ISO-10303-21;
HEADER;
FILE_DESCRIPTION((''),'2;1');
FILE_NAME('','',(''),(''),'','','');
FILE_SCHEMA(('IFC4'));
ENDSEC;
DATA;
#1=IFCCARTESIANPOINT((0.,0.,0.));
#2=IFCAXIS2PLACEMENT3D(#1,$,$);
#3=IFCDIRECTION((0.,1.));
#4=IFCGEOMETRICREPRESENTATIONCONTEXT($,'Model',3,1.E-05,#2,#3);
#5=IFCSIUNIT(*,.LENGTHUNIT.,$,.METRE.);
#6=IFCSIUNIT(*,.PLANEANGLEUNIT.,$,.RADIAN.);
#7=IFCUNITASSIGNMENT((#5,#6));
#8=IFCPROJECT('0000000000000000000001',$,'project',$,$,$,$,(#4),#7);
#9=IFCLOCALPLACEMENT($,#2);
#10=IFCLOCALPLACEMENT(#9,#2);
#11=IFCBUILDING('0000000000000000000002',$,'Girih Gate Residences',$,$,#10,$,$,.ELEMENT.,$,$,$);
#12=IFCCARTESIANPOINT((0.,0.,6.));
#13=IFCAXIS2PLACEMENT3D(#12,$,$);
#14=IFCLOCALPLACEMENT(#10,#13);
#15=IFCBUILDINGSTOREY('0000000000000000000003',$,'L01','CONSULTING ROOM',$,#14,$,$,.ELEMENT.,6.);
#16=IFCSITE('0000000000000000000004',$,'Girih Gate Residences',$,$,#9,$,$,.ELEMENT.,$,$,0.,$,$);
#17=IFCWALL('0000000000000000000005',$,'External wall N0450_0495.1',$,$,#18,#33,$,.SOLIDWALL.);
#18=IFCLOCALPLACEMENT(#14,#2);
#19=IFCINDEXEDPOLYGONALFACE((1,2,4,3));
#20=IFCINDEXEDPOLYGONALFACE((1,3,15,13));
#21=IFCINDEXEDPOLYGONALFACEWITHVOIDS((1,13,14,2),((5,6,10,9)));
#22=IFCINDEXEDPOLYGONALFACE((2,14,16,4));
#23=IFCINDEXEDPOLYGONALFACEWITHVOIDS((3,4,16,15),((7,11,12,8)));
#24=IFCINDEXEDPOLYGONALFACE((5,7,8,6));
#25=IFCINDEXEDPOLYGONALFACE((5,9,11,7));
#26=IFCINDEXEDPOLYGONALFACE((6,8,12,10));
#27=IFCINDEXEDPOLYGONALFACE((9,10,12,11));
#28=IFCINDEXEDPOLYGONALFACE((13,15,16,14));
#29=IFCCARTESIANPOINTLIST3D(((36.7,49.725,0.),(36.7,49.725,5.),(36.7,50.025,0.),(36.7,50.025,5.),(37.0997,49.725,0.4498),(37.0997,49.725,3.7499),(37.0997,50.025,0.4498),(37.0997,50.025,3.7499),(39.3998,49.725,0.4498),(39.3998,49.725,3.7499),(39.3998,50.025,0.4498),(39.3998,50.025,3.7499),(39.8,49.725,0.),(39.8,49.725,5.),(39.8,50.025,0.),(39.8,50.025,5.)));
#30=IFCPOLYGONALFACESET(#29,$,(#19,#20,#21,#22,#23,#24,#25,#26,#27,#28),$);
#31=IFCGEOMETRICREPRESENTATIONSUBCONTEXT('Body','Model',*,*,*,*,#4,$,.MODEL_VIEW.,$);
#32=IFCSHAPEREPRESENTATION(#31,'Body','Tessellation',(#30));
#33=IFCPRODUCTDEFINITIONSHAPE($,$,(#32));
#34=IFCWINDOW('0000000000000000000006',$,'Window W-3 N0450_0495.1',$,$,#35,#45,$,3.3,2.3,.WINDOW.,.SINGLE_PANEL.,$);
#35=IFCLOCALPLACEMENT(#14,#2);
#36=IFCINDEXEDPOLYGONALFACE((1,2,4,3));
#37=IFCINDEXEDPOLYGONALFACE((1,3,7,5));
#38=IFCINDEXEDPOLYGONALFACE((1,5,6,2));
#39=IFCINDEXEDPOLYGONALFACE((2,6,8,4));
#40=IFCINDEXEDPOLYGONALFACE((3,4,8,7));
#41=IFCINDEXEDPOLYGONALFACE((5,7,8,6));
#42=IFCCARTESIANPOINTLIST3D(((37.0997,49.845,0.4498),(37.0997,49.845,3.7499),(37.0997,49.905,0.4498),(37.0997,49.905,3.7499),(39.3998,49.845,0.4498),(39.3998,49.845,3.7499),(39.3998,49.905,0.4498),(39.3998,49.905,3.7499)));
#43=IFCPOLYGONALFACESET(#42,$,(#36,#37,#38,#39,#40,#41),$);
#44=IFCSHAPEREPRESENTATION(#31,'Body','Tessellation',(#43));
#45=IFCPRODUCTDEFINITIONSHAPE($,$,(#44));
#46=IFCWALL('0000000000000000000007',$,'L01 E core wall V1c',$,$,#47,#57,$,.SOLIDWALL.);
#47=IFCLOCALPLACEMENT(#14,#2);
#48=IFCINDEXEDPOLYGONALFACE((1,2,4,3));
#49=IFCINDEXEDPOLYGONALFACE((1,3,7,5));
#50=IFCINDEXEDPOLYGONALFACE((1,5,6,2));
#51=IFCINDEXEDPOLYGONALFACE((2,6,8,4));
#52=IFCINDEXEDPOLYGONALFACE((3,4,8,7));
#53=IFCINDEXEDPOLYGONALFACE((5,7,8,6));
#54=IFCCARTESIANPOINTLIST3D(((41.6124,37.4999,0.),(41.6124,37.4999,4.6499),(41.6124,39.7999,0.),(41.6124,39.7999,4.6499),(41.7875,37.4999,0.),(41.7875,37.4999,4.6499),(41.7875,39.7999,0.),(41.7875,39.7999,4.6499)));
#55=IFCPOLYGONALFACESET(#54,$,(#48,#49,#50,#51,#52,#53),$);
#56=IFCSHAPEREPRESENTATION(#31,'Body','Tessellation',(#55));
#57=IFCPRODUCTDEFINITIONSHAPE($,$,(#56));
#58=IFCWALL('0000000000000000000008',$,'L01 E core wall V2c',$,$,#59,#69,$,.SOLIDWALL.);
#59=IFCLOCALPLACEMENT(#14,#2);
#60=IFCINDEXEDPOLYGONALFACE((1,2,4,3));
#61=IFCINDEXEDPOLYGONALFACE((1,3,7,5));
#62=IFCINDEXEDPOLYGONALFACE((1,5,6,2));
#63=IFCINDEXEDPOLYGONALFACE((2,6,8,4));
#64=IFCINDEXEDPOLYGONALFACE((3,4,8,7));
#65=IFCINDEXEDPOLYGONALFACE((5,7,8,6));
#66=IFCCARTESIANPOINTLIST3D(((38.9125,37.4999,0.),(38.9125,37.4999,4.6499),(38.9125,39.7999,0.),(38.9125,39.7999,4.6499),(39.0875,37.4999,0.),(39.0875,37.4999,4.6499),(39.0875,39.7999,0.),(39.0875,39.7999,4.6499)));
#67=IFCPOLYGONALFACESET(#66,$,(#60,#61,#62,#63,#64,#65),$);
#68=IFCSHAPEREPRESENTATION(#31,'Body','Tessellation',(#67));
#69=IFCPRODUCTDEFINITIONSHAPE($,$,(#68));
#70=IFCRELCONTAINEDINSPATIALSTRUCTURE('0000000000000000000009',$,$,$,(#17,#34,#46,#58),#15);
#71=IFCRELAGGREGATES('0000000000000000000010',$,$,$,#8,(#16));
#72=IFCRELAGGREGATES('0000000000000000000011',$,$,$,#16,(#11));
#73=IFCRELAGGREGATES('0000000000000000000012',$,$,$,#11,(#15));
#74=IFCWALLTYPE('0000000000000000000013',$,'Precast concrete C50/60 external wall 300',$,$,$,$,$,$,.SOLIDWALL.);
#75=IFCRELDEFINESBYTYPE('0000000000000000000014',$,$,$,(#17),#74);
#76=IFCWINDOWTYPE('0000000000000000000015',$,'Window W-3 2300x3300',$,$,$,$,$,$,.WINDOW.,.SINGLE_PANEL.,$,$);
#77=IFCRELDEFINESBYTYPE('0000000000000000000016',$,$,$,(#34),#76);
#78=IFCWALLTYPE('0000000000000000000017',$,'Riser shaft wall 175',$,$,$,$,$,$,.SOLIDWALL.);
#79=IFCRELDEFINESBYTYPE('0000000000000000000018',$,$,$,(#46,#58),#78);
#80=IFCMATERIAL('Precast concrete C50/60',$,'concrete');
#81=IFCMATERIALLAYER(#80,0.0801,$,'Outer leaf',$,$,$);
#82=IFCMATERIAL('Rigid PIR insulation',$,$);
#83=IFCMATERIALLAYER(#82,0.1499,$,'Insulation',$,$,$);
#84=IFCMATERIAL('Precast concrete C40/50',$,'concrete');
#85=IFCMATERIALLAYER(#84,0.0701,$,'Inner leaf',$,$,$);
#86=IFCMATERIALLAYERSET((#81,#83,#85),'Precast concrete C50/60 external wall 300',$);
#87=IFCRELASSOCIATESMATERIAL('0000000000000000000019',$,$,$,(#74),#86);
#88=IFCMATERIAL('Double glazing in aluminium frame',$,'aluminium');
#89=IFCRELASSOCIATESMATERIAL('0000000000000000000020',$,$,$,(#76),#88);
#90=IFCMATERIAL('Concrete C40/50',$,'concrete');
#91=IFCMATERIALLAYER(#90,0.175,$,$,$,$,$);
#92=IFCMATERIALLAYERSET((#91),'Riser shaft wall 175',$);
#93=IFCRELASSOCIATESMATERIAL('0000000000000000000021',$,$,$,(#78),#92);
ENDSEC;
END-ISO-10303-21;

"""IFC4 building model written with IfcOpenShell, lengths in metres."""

from ifc_helpers import new_model, si_unit, direction, frame, frame_2d, origin, place, context, subcontext, project, spatial, rectangle, extrude, material, layer, layer_set, type_object, element, fill, save


model = new_model("IFC4")

# Units and contexts
model_context = context("Model", 3, precision=1e-05, world=origin(), true_north=direction((0.0, 1.0)))
body_context = subcontext(model_context, "Body", "Model", "MODEL_VIEW")
ifc_project = project(units=[si_unit("LENGTHUNIT", "METRE"), si_unit("PLANEANGLEUNIT", "RADIAN")], contexts=[model_context])

# Site, building, storey
site_placement = place(None, origin())
site = spatial("IfcSite", under=ifc_project, at=site_placement, Name="Girih Gate Residences", CompositionType="ELEMENT", RefElevation=0.0)
building_placement = place(site_placement, origin())
building = spatial("IfcBuilding", under=site, at=building_placement, Name="Girih Gate Residences", CompositionType="ELEMENT")
storey_placement = place(building_placement, frame((0.0, 0.0, 6.0)))
storey = spatial("IfcBuildingStorey", under=building, at=storey_placement, Name="L01", Description="CONSULTING ROOM", CompositionType="ELEMENT", Elevation=6.0)

# Wall, opening, window
ifc_material_1 = material(Name="Precast concrete C50/60", Category="concrete")
ifc_layer_1 = layer(ifc_material_1, 0.0801, Name="Outer leaf")
ifc_material_2 = material(Name="Rigid PIR insulation")
ifc_layer_2 = layer(ifc_material_2, 0.1499, Name="Insulation")
ifc_material_3 = material(Name="Precast concrete C40/50", Category="concrete")
ifc_layer_3 = layer(ifc_material_3, 0.0701, Name="Inner leaf")
ifc_layer_set_1 = layer_set([ifc_layer_1, ifc_layer_2, ifc_layer_3], Name="Precast concrete C50/60 external wall 300")
wall_type_1 = type_object("IfcWallType", Name="Precast concrete C50/60 external wall 300", PredefinedType="SOLIDWALL", material=ifc_layer_set_1)
ifc_material_4 = material(Name="Double glazing in aluminium frame", Category="aluminium")
window_type = type_object("IfcWindowType", Name="Window W-3 2300x3300", PartitioningType="SINGLE_PANEL", PredefinedType="WINDOW", material=ifc_material_4)
wall_1_placement = place(storey_placement, frame((36.7, 49.875, 0.0), z_axis=(0.0, 0.0, 1.0), x_axis=(1.0, 0.0, 0.0)))
wall_1 = element("IfcWall", 1, at=wall_1_placement, inside=storey, type_object=wall_type_1, Name="External wall N0450_0495.1", PredefinedType="SOLIDWALL", context=body_context, shape_type="SweptSolid", body=[
    extrude(rectangle(XDim=3.1001, YDim=0.3, at=frame_2d((1.55, 0.0))), origin(), (0.0, 0.0, 1.0), 5.0),
])
opening_1_placement = place(wall_1_placement, frame((0.3999, 0.0, 0.45)))
opening_1 = element("IfcOpeningElement", 2, at=opening_1_placement, cuts=wall_1, PredefinedType="OPENING", context=body_context, shape_type="SweptSolid", body=[
    extrude(rectangle(XDim=2.3, YDim=3.3, at=frame_2d((1.1499, 1.6499))), frame((0.0, 0.1599, 0.0), z_axis=(0.0, -1.0, 0.0), x_axis=(1.0, 0.0, 0.0)), (0.0, 0.0, 1.0), 0.3201),
])
window_1_placement = place(opening_1_placement, origin())
window_1 = element("IfcWindow", 3, at=window_1_placement, inside=storey, type_object=window_type, Name="Window W-3 N0450_0495.1", OverallHeight=3.3, OverallWidth=2.3, PartitioningType="SINGLE_PANEL", PredefinedType="WINDOW", context=body_context, shape_type="SweptSolid", body=[
    extrude(rectangle(XDim=2.3, YDim=3.3, at=frame_2d((1.1499, 1.6499))), frame((0.0, 0.03, 0.0), z_axis=(0.0, -1.0, 0.0), x_axis=(1.0, 0.0, 0.0)), (0.0, 0.0, 1.0), 0.0601),
])
fill(opening_1, window_1)

# Walls
ifc_material_5 = material(Name="Concrete C40/50", Category="concrete")
ifc_layer_4 = layer(ifc_material_5, 0.175)
ifc_layer_set_2 = layer_set([ifc_layer_4], Name="Riser shaft wall 175")
wall_type_2 = type_object("IfcWallType", Name="Riser shaft wall 175", PredefinedType="SOLIDWALL", material=ifc_layer_set_2)
for number, where, z_axis, x_axis, name in (
    (4, (41.7, 37.5, 0.0), (0.0, 0.0, 1.0), (0.0, 1.0, 0.0), "L01 E core wall V1c"),
    (5, (39.0, 37.5, 0.0), (0.0, 0.0, 1.0), (0.0, 1.0, 0.0), "L01 E core wall V2c"),
):
    element("IfcWall", number, at=place(storey_placement, frame(where, z_axis=z_axis, x_axis=x_axis)), inside=storey, type_object=wall_type_2, Name=name, PredefinedType="SOLIDWALL", context=body_context, shape_type="SweptSolid", body=[
        extrude(rectangle(XDim=2.3, YDim=0.175, at=frame_2d((1.1499, 0.0))), origin(), (0.0, 0.0, 1.0), 4.6499),
    ])

save(model, "model.ifc")
